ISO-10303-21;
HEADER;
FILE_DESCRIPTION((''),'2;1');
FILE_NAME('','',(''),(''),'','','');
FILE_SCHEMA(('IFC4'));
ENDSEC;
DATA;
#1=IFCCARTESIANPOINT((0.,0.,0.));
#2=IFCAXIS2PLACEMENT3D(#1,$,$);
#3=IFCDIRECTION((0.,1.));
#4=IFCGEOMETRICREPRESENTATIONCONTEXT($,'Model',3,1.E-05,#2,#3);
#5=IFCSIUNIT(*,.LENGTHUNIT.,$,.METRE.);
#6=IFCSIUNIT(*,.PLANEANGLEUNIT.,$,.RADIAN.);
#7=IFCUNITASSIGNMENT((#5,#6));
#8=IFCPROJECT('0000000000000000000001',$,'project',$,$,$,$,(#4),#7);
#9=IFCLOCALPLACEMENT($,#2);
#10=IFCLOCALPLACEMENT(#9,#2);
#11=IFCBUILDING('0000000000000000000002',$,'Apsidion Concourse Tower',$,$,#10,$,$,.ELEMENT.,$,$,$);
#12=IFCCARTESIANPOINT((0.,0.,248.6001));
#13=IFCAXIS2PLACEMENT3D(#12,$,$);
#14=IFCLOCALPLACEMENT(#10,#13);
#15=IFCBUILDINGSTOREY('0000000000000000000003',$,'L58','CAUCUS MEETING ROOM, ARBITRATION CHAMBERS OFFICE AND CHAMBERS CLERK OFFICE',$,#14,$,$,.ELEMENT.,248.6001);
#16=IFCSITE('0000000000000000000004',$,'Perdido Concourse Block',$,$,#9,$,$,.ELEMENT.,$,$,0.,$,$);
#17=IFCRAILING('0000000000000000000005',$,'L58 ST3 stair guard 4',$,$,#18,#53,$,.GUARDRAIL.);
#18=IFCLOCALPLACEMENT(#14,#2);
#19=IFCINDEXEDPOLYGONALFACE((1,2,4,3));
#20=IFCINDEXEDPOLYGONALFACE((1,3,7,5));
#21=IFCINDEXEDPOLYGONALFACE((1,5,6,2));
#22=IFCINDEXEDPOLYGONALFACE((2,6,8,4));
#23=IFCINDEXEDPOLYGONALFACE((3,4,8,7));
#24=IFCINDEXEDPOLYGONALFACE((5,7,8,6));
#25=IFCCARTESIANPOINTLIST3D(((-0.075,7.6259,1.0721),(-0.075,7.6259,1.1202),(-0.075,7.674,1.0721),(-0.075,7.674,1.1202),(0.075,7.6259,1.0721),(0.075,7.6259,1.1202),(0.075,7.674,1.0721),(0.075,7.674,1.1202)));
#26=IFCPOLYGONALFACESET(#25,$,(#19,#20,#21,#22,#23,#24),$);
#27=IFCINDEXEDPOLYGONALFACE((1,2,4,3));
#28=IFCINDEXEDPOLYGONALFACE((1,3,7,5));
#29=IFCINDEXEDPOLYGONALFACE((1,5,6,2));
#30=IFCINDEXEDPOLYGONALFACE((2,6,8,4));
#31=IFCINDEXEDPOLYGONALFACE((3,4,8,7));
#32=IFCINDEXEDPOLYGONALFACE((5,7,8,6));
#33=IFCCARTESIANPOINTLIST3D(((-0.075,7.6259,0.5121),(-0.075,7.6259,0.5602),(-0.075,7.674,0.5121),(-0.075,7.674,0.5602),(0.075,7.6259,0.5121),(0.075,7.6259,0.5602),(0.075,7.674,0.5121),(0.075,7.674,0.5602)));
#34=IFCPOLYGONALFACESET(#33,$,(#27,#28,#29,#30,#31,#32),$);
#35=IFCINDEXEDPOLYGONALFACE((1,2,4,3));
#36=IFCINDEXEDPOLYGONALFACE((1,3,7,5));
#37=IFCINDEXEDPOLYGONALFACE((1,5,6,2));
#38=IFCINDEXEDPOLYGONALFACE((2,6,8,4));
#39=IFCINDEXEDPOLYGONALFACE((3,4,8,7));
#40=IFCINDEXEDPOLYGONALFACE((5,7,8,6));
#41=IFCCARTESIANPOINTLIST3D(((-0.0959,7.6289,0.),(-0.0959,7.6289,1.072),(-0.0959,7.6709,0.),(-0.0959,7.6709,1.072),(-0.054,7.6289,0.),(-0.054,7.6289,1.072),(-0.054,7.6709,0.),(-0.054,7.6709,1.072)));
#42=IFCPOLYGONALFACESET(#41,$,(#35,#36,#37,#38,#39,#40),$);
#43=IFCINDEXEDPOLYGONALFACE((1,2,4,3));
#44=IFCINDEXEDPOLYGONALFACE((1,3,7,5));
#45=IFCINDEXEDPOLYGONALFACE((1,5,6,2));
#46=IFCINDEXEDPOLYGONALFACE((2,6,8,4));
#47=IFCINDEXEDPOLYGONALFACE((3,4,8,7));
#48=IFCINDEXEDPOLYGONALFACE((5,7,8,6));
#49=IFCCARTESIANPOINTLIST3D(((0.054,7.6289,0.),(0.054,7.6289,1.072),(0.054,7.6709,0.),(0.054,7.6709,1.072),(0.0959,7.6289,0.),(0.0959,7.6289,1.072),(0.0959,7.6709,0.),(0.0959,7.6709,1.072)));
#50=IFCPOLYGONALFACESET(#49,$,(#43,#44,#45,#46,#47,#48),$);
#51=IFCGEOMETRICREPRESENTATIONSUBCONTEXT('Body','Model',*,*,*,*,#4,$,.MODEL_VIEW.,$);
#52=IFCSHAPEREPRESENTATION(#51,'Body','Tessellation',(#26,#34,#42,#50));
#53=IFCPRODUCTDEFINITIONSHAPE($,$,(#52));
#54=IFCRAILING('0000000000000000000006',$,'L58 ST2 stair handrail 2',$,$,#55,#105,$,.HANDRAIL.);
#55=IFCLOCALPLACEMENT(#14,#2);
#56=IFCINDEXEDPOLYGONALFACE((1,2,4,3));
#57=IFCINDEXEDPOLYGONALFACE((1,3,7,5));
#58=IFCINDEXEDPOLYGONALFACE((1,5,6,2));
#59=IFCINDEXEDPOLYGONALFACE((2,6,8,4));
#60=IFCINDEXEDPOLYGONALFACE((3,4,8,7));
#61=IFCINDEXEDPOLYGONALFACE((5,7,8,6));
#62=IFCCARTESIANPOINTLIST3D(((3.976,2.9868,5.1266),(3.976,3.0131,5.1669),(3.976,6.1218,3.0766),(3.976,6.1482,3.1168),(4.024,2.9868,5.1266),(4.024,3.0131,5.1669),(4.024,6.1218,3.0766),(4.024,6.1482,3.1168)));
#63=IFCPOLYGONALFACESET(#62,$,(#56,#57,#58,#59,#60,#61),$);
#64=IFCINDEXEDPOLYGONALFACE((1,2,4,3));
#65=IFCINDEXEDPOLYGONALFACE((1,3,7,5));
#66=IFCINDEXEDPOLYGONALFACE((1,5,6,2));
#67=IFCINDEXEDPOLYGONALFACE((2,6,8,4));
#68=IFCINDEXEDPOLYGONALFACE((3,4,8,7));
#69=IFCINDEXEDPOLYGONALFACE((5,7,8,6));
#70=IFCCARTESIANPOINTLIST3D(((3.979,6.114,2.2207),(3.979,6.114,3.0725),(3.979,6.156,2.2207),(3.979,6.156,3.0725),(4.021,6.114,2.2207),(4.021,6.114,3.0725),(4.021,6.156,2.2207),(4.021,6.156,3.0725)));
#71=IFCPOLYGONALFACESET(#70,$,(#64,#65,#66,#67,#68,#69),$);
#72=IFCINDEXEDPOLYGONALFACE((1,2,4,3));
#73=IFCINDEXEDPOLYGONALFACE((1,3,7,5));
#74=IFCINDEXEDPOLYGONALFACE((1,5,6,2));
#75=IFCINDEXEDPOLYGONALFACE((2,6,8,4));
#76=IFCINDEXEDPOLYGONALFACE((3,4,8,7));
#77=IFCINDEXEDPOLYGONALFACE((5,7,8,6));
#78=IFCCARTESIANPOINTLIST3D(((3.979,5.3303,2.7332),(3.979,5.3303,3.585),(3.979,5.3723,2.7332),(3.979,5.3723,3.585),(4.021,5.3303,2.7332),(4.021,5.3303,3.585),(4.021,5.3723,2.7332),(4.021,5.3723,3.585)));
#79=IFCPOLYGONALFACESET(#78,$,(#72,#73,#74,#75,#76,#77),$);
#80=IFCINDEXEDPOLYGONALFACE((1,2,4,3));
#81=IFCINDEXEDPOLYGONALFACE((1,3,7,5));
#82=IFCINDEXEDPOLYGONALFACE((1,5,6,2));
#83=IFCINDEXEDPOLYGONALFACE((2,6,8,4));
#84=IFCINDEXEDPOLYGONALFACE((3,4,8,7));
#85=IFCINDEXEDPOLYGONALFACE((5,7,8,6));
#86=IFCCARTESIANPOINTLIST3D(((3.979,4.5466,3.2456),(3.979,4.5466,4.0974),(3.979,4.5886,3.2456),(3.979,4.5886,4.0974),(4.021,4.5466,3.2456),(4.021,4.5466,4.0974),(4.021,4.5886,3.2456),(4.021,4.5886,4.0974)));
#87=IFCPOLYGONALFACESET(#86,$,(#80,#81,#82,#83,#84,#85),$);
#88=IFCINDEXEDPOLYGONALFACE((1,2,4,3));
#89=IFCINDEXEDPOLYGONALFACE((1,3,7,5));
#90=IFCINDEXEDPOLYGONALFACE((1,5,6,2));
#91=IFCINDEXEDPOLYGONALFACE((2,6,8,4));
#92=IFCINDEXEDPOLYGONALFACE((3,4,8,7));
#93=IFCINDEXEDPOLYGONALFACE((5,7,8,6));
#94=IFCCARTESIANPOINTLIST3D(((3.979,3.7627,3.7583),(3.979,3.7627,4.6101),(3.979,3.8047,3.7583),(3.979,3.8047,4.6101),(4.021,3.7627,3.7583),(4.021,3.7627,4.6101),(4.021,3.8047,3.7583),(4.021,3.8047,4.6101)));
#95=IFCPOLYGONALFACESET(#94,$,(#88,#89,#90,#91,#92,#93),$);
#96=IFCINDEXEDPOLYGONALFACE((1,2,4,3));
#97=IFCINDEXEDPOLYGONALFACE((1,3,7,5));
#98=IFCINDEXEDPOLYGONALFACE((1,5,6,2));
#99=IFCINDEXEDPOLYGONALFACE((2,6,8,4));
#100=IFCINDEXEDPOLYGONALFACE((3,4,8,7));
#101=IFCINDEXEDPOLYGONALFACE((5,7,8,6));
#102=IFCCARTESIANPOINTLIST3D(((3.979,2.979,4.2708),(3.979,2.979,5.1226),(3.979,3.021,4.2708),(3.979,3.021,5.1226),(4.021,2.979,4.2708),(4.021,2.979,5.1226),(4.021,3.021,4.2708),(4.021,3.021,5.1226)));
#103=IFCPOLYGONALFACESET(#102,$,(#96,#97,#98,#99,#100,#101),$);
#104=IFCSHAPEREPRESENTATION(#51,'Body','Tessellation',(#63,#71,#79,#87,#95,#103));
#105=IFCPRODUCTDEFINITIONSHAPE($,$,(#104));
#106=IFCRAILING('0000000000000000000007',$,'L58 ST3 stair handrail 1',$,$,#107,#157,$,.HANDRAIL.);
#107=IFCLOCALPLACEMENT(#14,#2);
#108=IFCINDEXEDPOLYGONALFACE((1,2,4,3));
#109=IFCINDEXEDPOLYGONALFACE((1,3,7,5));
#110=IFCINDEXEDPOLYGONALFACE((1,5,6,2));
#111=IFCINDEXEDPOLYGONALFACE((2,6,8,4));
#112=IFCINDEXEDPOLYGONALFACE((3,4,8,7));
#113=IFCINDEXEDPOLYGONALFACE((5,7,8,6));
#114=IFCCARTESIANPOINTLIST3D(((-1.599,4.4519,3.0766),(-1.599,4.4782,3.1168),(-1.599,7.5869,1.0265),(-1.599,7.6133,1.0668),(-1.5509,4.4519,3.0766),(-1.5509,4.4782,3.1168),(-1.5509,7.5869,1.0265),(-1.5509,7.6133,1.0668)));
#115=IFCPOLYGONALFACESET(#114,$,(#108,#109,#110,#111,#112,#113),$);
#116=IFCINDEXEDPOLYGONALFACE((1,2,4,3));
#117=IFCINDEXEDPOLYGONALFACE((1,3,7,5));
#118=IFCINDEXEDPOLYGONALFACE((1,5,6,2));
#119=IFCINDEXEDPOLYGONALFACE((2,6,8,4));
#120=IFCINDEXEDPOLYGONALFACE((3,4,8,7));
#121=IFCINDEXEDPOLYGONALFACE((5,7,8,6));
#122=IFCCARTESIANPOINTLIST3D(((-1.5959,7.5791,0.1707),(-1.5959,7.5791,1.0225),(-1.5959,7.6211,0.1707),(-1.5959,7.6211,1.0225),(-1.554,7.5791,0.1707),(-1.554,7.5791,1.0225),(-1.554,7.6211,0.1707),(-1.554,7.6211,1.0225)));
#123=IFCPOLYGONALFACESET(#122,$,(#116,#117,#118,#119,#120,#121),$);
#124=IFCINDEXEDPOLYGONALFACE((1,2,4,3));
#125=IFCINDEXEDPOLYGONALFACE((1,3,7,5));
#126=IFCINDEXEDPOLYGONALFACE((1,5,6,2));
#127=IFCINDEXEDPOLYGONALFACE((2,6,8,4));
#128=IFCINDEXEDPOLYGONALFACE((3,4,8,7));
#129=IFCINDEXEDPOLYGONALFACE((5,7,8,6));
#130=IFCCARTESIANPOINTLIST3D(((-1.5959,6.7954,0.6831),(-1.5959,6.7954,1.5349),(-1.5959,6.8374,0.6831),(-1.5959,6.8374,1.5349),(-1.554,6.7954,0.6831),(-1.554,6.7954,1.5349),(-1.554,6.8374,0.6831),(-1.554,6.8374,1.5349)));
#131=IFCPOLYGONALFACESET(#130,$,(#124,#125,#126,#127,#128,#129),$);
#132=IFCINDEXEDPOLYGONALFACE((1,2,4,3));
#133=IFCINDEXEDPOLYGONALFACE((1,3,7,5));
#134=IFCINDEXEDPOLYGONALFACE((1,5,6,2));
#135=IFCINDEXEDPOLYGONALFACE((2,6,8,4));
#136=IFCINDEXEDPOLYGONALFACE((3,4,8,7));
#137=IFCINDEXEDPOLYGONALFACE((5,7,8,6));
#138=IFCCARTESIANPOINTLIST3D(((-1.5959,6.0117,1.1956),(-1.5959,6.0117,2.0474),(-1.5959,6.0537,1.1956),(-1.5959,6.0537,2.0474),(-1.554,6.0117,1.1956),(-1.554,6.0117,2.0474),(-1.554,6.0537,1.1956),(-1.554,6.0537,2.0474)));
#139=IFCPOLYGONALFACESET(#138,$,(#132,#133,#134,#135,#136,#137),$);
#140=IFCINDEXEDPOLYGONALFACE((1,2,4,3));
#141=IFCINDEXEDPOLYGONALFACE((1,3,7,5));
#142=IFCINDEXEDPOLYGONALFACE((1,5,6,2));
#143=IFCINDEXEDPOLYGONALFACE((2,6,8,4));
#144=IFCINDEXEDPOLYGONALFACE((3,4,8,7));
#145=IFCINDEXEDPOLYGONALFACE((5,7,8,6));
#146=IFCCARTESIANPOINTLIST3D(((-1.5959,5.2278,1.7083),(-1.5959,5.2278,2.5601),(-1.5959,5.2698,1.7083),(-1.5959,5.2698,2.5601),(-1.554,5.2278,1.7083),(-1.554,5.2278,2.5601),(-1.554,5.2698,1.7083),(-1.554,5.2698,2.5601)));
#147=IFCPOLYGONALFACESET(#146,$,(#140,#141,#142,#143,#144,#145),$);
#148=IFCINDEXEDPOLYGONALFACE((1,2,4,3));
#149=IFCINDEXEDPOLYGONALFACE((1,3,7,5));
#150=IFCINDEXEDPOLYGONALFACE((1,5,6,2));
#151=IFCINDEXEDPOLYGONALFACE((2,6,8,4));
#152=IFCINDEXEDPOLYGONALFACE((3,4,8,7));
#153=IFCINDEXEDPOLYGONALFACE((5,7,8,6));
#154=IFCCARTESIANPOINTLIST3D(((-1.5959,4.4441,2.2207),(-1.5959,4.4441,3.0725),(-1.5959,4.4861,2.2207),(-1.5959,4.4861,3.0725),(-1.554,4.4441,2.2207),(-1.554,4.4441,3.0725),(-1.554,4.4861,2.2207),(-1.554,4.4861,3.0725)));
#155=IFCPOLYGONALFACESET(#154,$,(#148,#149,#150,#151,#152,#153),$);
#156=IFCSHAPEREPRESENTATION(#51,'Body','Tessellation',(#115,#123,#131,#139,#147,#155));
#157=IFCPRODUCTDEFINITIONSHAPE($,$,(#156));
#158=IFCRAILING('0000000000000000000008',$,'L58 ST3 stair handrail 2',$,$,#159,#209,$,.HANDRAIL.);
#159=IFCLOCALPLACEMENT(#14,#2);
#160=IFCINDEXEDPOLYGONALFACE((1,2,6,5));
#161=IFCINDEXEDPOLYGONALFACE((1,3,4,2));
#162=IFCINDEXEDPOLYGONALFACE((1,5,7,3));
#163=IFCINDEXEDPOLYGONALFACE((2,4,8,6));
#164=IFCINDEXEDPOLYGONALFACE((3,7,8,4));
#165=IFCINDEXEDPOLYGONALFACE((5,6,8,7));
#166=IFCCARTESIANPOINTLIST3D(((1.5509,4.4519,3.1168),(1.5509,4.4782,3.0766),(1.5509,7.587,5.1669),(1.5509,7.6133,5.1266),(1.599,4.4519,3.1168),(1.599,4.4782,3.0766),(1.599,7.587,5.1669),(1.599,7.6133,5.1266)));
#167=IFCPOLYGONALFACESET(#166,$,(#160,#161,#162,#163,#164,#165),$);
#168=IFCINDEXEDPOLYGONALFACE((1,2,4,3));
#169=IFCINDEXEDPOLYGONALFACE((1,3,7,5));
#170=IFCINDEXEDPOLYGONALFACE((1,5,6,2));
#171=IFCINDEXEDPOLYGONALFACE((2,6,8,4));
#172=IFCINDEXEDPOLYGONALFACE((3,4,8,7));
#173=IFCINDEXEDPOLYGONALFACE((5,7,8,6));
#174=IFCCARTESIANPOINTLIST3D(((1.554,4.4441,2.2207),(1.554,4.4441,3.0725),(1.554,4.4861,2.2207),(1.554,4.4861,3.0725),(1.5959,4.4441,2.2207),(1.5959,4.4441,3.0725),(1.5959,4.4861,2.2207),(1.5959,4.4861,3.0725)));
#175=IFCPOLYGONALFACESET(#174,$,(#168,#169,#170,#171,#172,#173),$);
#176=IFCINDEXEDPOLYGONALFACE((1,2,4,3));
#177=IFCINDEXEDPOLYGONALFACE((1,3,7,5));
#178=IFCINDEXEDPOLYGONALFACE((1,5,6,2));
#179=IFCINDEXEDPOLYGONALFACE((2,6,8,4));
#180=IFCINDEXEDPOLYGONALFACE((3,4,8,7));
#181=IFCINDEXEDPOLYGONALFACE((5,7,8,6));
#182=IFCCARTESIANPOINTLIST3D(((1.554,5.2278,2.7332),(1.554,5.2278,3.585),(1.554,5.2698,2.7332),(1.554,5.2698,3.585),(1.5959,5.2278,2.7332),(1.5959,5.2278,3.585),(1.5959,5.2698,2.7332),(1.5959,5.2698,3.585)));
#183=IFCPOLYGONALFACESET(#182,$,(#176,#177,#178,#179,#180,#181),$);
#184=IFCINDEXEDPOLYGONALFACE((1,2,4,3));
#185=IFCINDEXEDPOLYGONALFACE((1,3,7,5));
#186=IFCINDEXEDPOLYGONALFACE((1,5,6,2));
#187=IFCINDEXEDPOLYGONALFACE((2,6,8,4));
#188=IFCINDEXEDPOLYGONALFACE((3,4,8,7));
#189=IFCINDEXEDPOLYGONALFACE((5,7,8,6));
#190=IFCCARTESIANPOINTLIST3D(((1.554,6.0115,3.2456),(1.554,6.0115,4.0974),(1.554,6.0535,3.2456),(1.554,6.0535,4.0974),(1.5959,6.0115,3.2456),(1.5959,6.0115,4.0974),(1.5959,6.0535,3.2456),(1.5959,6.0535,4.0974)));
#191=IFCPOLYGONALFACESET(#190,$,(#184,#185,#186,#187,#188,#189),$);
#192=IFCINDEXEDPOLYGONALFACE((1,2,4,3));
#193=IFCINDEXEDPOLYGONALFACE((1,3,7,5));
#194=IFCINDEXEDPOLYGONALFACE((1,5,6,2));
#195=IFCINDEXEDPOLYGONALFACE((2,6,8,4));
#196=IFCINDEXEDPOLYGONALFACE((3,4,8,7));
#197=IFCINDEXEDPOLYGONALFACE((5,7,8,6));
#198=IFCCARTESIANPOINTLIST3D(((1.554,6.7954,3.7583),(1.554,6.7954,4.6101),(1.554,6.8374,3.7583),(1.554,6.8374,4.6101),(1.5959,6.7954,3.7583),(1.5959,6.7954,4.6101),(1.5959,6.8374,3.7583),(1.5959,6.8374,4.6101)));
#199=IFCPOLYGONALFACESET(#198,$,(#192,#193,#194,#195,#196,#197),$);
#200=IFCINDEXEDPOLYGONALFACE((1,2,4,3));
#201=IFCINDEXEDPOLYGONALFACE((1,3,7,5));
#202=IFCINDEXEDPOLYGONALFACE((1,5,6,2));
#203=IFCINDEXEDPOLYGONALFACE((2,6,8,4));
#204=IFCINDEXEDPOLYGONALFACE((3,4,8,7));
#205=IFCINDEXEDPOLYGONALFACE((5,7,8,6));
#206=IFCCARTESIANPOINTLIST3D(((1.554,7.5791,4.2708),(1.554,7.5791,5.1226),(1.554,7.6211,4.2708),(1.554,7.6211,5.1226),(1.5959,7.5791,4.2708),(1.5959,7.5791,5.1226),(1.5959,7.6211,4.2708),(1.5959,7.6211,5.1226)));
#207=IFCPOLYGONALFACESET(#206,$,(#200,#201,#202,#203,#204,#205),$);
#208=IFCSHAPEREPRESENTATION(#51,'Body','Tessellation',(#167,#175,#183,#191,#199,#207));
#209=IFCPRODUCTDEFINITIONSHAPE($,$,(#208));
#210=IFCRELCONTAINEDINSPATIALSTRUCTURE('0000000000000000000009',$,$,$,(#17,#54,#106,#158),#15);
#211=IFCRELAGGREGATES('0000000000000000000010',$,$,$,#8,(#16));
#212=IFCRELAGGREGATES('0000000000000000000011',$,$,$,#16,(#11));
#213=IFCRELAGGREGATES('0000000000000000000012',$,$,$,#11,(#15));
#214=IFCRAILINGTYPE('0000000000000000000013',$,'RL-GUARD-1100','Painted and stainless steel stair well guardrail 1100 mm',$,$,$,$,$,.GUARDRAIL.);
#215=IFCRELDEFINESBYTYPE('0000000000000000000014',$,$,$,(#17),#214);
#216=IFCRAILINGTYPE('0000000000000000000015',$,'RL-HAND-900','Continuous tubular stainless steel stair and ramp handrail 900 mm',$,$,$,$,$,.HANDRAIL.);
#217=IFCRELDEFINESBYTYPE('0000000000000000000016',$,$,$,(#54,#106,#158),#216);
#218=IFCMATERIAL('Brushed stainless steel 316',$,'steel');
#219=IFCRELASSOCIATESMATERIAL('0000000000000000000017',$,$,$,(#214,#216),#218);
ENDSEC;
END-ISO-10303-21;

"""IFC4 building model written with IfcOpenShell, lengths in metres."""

from ifc_helpers import new_model, si_unit, direction, frame, origin, origin_2d, place, context, subcontext, project, spatial, rectangle, extrude, material, type_object, element, save


model = new_model("IFC4")

# Units and contexts
model_context = context("Model", 3, precision=1e-05, world=origin(), true_north=direction((0.0, 1.0)))
body_context = subcontext(model_context, "Body", "Model", "MODEL_VIEW")
ifc_project = project(units=[si_unit("LENGTHUNIT", "METRE"), si_unit("PLANEANGLEUNIT", "RADIAN")], contexts=[model_context])

# Site, building, storey
site_placement = place(None, origin())
site = spatial("IfcSite", under=ifc_project, at=site_placement, Name="Perdido Concourse Block", CompositionType="ELEMENT", RefElevation=0.0)
building_placement = place(site_placement, origin())
building = spatial("IfcBuilding", under=site, at=building_placement, Name="Apsidion Concourse Tower", CompositionType="ELEMENT")
storey_placement = place(building_placement, frame((0.0, 0.0, 248.6001)))
storey = spatial("IfcBuildingStorey", under=building, at=storey_placement, Name="L58", Description="CAUCUS MEETING ROOM, ARBITRATION CHAMBERS OFFICE AND CHAMBERS CLERK OFFICE", CompositionType="ELEMENT", Elevation=248.6001)

# Railings
ifc_material_1 = material(Name="Brushed stainless steel 316", Category="steel")
railing_type_1 = type_object("IfcRailingType", Name="RL-GUARD-1100", Description="Painted and stainless steel stair well guardrail 1100 mm", PredefinedType="GUARDRAIL", material=ifc_material_1)
railing_1_placement = place(storey_placement, frame((-0.075, 7.6499, 0.0)))
element("IfcRailing", 1, at=railing_1_placement, inside=storey, type_object=railing_type_1, Name="L58 ST3 stair guard 4", PredefinedType="GUARDRAIL", context=body_context, shape_type="SweptSolid", body=[
    extrude(rectangle(XDim=0.0481, YDim=0.0481, at=origin_2d()), frame((0.0, 0.0, 1.0962), z_axis=(1.0, 0.0, 0.0), x_axis=(0.0, 1.0, 0.0)), (0.0, 0.0, 1.0), 0.1499),
    extrude(rectangle(XDim=0.0481, YDim=0.0481, at=origin_2d()), frame((0.0, 0.0, 0.5361), z_axis=(1.0, 0.0, 0.0), x_axis=(0.0, 1.0, 0.0)), (0.0, 0.0, 1.0), 0.1499),
    extrude(rectangle(XDim=0.042, YDim=0.042, at=origin_2d()), origin(), (0.0, 0.0, 1.0), 1.072),
    extrude(rectangle(XDim=0.042, YDim=0.042, at=origin_2d()), frame((0.1499, 0.0, 0.0)), (0.0, 0.0, 1.0), 1.072),
])
railing_type_2 = type_object("IfcRailingType", Name="RL-HAND-900", Description="Continuous tubular stainless steel stair and ramp handrail 900 mm", PredefinedType="HANDRAIL", material=ifc_material_1)
for number, where, name in (
    (2, (4.0, 6.135, 2.2207), "L58 ST2 stair handrail 2"),
    (3, (-1.575, 7.6001, 0.1707), "L58 ST3 stair handrail 1"),
):
    element("IfcRailing", number, at=place(storey_placement, frame(where)), inside=storey, type_object=railing_type_2, Name=name, PredefinedType="HANDRAIL", context=body_context, shape_type="SweptSolid", body=[
        extrude(rectangle(XDim=0.0481, YDim=0.0481, at=origin_2d()), frame((0.0, 0.0, 0.876), z_axis=(0.0, -0.836941, 0.547293), x_axis=(1.0, 0.0, 0.0)), (0.0, 0.0, 1.0), 3.7458),
        extrude(rectangle(XDim=0.042, YDim=0.042, at=origin_2d()), origin(), (0.0, 0.0, 1.0), 0.8518),
        extrude(rectangle(XDim=0.042, YDim=0.042, at=origin_2d()), frame((0.0, -0.7837, 0.5125)), (0.0, 0.0, 1.0), 0.8518),
        extrude(rectangle(XDim=0.042, YDim=0.042, at=origin_2d()), frame((0.0, -1.5674, 1.0249)), (0.0, 0.0, 1.0), 0.8518),
        extrude(rectangle(XDim=0.042, YDim=0.042, at=origin_2d()), frame((0.0, -2.3513, 1.5376)), (0.0, 0.0, 1.0), 0.8518),
        extrude(rectangle(XDim=0.042, YDim=0.042, at=origin_2d()), frame((0.0, -3.135, 2.05)), (0.0, 0.0, 1.0), 0.8518),
    ])
railing_2_placement = place(storey_placement, frame((1.575, 4.4651, 2.2207)))
element("IfcRailing", 4, at=railing_2_placement, inside=storey, type_object=railing_type_2, Name="L58 ST3 stair handrail 2", PredefinedType="HANDRAIL", context=body_context, shape_type="SweptSolid", body=[
    extrude(rectangle(XDim=0.0481, YDim=0.0481, at=origin_2d()), frame((0.0, 0.0, 0.876), z_axis=(0.0, 0.836941, 0.547293), x_axis=(-1.0, 0.0, 0.0)), (0.0, 0.0, 1.0), 3.7458),
    extrude(rectangle(XDim=0.042, YDim=0.042, at=origin_2d()), origin(), (0.0, 0.0, 1.0), 0.8518),
    extrude(rectangle(XDim=0.042, YDim=0.042, at=origin_2d()), frame((0.0, 0.7837, 0.5125)), (0.0, 0.0, 1.0), 0.8518),
    extrude(rectangle(XDim=0.042, YDim=0.042, at=origin_2d()), frame((0.0, 1.5674, 1.0249)), (0.0, 0.0, 1.0), 0.8518),
    extrude(rectangle(XDim=0.042, YDim=0.042, at=origin_2d()), frame((0.0, 2.3513, 1.5376)), (0.0, 0.0, 1.0), 0.8518),
    extrude(rectangle(XDim=0.042, YDim=0.042, at=origin_2d()), frame((0.0, 3.135, 2.05)), (0.0, 0.0, 1.0), 0.8518),
])

save(model, "model.ifc")
